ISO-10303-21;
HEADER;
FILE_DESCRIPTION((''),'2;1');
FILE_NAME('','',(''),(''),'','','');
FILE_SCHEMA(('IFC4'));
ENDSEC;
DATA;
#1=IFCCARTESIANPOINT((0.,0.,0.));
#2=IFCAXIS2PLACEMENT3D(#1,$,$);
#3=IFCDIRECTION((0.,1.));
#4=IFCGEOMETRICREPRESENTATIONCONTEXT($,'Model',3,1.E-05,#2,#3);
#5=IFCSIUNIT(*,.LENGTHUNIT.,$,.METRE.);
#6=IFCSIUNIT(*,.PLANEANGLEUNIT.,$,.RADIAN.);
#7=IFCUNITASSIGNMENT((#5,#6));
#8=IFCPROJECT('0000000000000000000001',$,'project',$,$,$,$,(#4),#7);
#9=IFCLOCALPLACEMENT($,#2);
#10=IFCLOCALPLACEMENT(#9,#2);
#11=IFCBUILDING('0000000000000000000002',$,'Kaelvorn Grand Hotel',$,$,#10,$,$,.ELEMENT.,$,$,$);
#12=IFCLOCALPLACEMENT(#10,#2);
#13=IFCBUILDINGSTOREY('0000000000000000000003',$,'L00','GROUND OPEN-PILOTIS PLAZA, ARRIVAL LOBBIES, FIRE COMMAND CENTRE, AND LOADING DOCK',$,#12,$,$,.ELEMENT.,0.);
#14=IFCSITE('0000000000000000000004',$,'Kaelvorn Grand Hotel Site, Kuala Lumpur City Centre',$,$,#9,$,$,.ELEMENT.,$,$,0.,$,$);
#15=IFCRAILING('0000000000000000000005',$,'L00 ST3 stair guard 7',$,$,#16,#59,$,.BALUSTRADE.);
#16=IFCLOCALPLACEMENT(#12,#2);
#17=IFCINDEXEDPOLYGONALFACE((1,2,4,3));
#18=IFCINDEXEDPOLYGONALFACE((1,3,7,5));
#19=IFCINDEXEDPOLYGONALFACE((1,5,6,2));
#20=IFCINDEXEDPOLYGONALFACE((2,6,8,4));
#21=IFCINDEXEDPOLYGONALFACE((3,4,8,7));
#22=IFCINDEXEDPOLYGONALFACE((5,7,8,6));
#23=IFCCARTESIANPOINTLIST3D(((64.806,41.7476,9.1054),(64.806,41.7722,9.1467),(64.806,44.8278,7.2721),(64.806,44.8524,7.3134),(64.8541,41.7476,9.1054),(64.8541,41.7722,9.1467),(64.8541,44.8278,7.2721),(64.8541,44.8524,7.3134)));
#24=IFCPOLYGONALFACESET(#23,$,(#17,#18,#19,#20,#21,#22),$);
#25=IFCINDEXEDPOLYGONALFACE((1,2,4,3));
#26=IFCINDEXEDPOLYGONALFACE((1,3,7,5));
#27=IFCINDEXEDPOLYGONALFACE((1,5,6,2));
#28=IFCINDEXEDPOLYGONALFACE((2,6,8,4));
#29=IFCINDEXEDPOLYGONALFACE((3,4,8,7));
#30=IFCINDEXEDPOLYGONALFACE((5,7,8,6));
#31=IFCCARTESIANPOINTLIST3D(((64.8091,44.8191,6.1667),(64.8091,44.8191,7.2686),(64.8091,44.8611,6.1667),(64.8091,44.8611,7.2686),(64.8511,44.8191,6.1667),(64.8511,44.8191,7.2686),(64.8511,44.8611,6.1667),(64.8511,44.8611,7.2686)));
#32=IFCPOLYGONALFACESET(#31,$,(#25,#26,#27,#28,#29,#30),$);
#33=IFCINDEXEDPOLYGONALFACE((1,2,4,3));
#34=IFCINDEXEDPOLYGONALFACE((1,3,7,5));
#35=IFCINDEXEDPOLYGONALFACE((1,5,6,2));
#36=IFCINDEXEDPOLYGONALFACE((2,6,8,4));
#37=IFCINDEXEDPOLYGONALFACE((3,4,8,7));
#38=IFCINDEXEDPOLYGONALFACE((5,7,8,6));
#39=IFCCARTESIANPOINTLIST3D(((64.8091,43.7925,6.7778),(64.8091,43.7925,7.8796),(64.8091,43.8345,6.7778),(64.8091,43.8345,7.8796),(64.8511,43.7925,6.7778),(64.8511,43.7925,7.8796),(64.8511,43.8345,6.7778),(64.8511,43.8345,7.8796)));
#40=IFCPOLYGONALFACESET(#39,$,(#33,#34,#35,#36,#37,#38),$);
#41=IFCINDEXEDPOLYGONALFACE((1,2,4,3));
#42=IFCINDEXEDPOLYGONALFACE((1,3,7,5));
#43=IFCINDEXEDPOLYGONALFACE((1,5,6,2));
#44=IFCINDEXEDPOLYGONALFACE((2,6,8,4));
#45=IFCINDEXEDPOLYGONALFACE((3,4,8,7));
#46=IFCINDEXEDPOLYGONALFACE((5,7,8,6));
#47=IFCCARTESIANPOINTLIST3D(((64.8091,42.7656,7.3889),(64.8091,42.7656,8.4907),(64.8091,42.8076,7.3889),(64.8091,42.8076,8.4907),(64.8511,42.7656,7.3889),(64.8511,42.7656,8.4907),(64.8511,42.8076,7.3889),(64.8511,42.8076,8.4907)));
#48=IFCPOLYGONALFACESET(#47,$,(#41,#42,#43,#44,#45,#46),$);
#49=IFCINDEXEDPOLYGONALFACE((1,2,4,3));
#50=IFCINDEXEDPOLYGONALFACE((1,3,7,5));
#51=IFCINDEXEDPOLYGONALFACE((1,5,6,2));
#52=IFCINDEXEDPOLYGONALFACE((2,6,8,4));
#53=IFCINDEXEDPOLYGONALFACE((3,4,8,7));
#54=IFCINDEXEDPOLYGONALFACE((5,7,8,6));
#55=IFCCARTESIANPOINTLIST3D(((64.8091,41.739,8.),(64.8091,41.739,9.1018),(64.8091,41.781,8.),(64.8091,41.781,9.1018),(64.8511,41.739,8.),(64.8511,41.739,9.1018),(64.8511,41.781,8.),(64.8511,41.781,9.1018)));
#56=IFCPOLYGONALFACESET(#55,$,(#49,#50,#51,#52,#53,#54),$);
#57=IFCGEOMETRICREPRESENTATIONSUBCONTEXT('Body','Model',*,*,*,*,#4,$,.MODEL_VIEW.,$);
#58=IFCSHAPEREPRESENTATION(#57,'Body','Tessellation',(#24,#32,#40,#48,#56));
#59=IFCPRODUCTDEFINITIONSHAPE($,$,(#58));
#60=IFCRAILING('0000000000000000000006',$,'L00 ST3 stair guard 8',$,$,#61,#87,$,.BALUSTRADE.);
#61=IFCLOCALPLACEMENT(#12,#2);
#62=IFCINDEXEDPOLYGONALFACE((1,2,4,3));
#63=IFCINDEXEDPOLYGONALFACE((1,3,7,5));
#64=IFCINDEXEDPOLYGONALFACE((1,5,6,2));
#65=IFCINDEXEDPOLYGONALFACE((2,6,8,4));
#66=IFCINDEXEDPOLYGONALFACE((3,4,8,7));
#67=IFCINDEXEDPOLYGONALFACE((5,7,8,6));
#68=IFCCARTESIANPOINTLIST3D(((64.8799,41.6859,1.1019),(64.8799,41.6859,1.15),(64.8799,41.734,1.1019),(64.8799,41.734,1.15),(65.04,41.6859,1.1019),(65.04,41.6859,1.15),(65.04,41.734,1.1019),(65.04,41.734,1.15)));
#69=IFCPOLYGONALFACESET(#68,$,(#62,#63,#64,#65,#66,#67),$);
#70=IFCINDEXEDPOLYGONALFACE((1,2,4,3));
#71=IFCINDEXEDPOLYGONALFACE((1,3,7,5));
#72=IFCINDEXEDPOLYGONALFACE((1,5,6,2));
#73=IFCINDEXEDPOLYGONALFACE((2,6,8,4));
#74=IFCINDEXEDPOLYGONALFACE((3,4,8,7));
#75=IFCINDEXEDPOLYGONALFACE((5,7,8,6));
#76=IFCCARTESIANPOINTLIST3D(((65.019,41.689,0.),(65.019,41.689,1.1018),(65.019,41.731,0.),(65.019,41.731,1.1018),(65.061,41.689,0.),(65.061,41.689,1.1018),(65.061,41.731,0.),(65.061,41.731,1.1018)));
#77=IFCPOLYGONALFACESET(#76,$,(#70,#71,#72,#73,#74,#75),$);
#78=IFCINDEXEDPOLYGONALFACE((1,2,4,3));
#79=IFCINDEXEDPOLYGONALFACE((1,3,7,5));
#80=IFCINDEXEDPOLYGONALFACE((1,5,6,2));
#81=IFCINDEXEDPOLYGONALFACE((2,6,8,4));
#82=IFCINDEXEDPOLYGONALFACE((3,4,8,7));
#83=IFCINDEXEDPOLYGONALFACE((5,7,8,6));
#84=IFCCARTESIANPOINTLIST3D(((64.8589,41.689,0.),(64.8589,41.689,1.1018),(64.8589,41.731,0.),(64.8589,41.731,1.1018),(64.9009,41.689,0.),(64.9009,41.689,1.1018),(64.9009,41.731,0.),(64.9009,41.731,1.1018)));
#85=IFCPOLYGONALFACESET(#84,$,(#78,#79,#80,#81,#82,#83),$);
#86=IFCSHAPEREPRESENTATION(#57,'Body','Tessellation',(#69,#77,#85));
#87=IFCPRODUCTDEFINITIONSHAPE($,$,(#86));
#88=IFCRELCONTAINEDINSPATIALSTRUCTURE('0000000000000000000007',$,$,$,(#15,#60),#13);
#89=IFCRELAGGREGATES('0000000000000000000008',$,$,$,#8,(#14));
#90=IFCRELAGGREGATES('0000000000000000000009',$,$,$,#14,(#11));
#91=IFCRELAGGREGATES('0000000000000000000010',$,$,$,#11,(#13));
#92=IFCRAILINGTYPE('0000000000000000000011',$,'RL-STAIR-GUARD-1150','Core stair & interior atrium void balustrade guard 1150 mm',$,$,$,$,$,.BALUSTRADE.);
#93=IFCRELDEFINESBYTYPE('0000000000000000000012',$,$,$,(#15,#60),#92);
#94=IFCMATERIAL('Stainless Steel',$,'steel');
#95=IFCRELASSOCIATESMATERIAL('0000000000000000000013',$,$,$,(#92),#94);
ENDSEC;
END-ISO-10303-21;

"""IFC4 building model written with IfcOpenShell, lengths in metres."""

from ifc_helpers import new_model, si_unit, direction, frame, origin, origin_2d, place, context, subcontext, project, spatial, rectangle, extrude, material, type_object, element, save


model = new_model("IFC4")

# Units and contexts
model_context = context("Model", 3, precision=1e-05, world=origin(), true_north=direction((0.0, 1.0)))
body_context = subcontext(model_context, "Body", "Model", "MODEL_VIEW")
ifc_project = project(units=[si_unit("LENGTHUNIT", "METRE"), si_unit("PLANEANGLEUNIT", "RADIAN")], contexts=[model_context])

# Site, building, storey
site_placement = place(None, origin())
site = spatial("IfcSite", under=ifc_project, at=site_placement, Name="Kaelvorn Grand Hotel Site, Kuala Lumpur City Centre", CompositionType="ELEMENT", RefElevation=0.0)
building_placement = place(site_placement, origin())
building = spatial("IfcBuilding", under=site, at=building_placement, Name="Kaelvorn Grand Hotel", CompositionType="ELEMENT")
storey_placement = place(building_placement, origin())
storey = spatial("IfcBuildingStorey", under=building, at=storey_placement, Name="L00", Description="GROUND OPEN-PILOTIS PLAZA, ARRIVAL LOBBIES, FIRE COMMAND CENTRE, AND LOADING DOCK", CompositionType="ELEMENT", Elevation=0.0)

# Railings
ifc_material_1 = material(Name="Stainless Steel", Category="steel")
railing_type_1 = type_object("IfcRailingType", Name="RL-STAIR-GUARD-1150", Description="Core stair & interior atrium void balustrade guard 1150 mm", PredefinedType="BALUSTRADE", material=ifc_material_1)
railing_1_placement = place(storey_placement, frame((64.8301, 44.8401, 6.1667)))
element("IfcRailing", 1, at=railing_1_placement, inside=storey, type_object=railing_type_1, Name="L00 ST3 stair guard 7", PredefinedType="BALUSTRADE", context=body_context, shape_type="SweptSolid", body=[
    extrude(rectangle(XDim=0.0481, YDim=0.0481, at=origin_2d()), frame((0.0, 0.0, 1.126), z_axis=(0.0, -0.859309, 0.511458), x_axis=(1.0, 0.0, 0.0)), (0.0, 0.0, 1.0), 3.5845),
    extrude(rectangle(XDim=0.042, YDim=0.042, at=origin_2d()), origin(), (0.0, 0.0, 1.0), 1.1018),
    extrude(rectangle(XDim=0.042, YDim=0.042, at=origin_2d()), frame((0.0, -1.0266, 0.6111)), (0.0, 0.0, 1.0), 1.1018),
    extrude(rectangle(XDim=0.042, YDim=0.042, at=origin_2d()), frame((0.0, -2.0535, 1.2222)), (0.0, 0.0, 1.0), 1.1018),
    extrude(rectangle(XDim=0.042, YDim=0.042, at=origin_2d()), frame((0.0, -3.0801, 1.8333)), (0.0, 0.0, 1.0), 1.1018),
])
railing_2_placement = place(storey_placement, frame((65.04, 41.71, 0.0)))
element("IfcRailing", 2, at=railing_2_placement, inside=storey, type_object=railing_type_1, Name="L00 ST3 stair guard 8", PredefinedType="BALUSTRADE", context=body_context, shape_type="SweptSolid", body=[
    extrude(rectangle(XDim=0.0481, YDim=0.0481, at=origin_2d()), frame((0.0, 0.0, 1.126), z_axis=(-1.0, 0.0, 0.0), x_axis=(0.0, -1.0, 0.0)), (0.0, 0.0, 1.0), 0.1602),
    extrude(rectangle(XDim=0.042, YDim=0.042, at=origin_2d()), origin(), (0.0, 0.0, 1.0), 1.1018),
    extrude(rectangle(XDim=0.042, YDim=0.042, at=origin_2d()), frame((-0.1602, 0.0, 0.0)), (0.0, 0.0, 1.0), 1.1018),
])

save(model, "model.ifc")
